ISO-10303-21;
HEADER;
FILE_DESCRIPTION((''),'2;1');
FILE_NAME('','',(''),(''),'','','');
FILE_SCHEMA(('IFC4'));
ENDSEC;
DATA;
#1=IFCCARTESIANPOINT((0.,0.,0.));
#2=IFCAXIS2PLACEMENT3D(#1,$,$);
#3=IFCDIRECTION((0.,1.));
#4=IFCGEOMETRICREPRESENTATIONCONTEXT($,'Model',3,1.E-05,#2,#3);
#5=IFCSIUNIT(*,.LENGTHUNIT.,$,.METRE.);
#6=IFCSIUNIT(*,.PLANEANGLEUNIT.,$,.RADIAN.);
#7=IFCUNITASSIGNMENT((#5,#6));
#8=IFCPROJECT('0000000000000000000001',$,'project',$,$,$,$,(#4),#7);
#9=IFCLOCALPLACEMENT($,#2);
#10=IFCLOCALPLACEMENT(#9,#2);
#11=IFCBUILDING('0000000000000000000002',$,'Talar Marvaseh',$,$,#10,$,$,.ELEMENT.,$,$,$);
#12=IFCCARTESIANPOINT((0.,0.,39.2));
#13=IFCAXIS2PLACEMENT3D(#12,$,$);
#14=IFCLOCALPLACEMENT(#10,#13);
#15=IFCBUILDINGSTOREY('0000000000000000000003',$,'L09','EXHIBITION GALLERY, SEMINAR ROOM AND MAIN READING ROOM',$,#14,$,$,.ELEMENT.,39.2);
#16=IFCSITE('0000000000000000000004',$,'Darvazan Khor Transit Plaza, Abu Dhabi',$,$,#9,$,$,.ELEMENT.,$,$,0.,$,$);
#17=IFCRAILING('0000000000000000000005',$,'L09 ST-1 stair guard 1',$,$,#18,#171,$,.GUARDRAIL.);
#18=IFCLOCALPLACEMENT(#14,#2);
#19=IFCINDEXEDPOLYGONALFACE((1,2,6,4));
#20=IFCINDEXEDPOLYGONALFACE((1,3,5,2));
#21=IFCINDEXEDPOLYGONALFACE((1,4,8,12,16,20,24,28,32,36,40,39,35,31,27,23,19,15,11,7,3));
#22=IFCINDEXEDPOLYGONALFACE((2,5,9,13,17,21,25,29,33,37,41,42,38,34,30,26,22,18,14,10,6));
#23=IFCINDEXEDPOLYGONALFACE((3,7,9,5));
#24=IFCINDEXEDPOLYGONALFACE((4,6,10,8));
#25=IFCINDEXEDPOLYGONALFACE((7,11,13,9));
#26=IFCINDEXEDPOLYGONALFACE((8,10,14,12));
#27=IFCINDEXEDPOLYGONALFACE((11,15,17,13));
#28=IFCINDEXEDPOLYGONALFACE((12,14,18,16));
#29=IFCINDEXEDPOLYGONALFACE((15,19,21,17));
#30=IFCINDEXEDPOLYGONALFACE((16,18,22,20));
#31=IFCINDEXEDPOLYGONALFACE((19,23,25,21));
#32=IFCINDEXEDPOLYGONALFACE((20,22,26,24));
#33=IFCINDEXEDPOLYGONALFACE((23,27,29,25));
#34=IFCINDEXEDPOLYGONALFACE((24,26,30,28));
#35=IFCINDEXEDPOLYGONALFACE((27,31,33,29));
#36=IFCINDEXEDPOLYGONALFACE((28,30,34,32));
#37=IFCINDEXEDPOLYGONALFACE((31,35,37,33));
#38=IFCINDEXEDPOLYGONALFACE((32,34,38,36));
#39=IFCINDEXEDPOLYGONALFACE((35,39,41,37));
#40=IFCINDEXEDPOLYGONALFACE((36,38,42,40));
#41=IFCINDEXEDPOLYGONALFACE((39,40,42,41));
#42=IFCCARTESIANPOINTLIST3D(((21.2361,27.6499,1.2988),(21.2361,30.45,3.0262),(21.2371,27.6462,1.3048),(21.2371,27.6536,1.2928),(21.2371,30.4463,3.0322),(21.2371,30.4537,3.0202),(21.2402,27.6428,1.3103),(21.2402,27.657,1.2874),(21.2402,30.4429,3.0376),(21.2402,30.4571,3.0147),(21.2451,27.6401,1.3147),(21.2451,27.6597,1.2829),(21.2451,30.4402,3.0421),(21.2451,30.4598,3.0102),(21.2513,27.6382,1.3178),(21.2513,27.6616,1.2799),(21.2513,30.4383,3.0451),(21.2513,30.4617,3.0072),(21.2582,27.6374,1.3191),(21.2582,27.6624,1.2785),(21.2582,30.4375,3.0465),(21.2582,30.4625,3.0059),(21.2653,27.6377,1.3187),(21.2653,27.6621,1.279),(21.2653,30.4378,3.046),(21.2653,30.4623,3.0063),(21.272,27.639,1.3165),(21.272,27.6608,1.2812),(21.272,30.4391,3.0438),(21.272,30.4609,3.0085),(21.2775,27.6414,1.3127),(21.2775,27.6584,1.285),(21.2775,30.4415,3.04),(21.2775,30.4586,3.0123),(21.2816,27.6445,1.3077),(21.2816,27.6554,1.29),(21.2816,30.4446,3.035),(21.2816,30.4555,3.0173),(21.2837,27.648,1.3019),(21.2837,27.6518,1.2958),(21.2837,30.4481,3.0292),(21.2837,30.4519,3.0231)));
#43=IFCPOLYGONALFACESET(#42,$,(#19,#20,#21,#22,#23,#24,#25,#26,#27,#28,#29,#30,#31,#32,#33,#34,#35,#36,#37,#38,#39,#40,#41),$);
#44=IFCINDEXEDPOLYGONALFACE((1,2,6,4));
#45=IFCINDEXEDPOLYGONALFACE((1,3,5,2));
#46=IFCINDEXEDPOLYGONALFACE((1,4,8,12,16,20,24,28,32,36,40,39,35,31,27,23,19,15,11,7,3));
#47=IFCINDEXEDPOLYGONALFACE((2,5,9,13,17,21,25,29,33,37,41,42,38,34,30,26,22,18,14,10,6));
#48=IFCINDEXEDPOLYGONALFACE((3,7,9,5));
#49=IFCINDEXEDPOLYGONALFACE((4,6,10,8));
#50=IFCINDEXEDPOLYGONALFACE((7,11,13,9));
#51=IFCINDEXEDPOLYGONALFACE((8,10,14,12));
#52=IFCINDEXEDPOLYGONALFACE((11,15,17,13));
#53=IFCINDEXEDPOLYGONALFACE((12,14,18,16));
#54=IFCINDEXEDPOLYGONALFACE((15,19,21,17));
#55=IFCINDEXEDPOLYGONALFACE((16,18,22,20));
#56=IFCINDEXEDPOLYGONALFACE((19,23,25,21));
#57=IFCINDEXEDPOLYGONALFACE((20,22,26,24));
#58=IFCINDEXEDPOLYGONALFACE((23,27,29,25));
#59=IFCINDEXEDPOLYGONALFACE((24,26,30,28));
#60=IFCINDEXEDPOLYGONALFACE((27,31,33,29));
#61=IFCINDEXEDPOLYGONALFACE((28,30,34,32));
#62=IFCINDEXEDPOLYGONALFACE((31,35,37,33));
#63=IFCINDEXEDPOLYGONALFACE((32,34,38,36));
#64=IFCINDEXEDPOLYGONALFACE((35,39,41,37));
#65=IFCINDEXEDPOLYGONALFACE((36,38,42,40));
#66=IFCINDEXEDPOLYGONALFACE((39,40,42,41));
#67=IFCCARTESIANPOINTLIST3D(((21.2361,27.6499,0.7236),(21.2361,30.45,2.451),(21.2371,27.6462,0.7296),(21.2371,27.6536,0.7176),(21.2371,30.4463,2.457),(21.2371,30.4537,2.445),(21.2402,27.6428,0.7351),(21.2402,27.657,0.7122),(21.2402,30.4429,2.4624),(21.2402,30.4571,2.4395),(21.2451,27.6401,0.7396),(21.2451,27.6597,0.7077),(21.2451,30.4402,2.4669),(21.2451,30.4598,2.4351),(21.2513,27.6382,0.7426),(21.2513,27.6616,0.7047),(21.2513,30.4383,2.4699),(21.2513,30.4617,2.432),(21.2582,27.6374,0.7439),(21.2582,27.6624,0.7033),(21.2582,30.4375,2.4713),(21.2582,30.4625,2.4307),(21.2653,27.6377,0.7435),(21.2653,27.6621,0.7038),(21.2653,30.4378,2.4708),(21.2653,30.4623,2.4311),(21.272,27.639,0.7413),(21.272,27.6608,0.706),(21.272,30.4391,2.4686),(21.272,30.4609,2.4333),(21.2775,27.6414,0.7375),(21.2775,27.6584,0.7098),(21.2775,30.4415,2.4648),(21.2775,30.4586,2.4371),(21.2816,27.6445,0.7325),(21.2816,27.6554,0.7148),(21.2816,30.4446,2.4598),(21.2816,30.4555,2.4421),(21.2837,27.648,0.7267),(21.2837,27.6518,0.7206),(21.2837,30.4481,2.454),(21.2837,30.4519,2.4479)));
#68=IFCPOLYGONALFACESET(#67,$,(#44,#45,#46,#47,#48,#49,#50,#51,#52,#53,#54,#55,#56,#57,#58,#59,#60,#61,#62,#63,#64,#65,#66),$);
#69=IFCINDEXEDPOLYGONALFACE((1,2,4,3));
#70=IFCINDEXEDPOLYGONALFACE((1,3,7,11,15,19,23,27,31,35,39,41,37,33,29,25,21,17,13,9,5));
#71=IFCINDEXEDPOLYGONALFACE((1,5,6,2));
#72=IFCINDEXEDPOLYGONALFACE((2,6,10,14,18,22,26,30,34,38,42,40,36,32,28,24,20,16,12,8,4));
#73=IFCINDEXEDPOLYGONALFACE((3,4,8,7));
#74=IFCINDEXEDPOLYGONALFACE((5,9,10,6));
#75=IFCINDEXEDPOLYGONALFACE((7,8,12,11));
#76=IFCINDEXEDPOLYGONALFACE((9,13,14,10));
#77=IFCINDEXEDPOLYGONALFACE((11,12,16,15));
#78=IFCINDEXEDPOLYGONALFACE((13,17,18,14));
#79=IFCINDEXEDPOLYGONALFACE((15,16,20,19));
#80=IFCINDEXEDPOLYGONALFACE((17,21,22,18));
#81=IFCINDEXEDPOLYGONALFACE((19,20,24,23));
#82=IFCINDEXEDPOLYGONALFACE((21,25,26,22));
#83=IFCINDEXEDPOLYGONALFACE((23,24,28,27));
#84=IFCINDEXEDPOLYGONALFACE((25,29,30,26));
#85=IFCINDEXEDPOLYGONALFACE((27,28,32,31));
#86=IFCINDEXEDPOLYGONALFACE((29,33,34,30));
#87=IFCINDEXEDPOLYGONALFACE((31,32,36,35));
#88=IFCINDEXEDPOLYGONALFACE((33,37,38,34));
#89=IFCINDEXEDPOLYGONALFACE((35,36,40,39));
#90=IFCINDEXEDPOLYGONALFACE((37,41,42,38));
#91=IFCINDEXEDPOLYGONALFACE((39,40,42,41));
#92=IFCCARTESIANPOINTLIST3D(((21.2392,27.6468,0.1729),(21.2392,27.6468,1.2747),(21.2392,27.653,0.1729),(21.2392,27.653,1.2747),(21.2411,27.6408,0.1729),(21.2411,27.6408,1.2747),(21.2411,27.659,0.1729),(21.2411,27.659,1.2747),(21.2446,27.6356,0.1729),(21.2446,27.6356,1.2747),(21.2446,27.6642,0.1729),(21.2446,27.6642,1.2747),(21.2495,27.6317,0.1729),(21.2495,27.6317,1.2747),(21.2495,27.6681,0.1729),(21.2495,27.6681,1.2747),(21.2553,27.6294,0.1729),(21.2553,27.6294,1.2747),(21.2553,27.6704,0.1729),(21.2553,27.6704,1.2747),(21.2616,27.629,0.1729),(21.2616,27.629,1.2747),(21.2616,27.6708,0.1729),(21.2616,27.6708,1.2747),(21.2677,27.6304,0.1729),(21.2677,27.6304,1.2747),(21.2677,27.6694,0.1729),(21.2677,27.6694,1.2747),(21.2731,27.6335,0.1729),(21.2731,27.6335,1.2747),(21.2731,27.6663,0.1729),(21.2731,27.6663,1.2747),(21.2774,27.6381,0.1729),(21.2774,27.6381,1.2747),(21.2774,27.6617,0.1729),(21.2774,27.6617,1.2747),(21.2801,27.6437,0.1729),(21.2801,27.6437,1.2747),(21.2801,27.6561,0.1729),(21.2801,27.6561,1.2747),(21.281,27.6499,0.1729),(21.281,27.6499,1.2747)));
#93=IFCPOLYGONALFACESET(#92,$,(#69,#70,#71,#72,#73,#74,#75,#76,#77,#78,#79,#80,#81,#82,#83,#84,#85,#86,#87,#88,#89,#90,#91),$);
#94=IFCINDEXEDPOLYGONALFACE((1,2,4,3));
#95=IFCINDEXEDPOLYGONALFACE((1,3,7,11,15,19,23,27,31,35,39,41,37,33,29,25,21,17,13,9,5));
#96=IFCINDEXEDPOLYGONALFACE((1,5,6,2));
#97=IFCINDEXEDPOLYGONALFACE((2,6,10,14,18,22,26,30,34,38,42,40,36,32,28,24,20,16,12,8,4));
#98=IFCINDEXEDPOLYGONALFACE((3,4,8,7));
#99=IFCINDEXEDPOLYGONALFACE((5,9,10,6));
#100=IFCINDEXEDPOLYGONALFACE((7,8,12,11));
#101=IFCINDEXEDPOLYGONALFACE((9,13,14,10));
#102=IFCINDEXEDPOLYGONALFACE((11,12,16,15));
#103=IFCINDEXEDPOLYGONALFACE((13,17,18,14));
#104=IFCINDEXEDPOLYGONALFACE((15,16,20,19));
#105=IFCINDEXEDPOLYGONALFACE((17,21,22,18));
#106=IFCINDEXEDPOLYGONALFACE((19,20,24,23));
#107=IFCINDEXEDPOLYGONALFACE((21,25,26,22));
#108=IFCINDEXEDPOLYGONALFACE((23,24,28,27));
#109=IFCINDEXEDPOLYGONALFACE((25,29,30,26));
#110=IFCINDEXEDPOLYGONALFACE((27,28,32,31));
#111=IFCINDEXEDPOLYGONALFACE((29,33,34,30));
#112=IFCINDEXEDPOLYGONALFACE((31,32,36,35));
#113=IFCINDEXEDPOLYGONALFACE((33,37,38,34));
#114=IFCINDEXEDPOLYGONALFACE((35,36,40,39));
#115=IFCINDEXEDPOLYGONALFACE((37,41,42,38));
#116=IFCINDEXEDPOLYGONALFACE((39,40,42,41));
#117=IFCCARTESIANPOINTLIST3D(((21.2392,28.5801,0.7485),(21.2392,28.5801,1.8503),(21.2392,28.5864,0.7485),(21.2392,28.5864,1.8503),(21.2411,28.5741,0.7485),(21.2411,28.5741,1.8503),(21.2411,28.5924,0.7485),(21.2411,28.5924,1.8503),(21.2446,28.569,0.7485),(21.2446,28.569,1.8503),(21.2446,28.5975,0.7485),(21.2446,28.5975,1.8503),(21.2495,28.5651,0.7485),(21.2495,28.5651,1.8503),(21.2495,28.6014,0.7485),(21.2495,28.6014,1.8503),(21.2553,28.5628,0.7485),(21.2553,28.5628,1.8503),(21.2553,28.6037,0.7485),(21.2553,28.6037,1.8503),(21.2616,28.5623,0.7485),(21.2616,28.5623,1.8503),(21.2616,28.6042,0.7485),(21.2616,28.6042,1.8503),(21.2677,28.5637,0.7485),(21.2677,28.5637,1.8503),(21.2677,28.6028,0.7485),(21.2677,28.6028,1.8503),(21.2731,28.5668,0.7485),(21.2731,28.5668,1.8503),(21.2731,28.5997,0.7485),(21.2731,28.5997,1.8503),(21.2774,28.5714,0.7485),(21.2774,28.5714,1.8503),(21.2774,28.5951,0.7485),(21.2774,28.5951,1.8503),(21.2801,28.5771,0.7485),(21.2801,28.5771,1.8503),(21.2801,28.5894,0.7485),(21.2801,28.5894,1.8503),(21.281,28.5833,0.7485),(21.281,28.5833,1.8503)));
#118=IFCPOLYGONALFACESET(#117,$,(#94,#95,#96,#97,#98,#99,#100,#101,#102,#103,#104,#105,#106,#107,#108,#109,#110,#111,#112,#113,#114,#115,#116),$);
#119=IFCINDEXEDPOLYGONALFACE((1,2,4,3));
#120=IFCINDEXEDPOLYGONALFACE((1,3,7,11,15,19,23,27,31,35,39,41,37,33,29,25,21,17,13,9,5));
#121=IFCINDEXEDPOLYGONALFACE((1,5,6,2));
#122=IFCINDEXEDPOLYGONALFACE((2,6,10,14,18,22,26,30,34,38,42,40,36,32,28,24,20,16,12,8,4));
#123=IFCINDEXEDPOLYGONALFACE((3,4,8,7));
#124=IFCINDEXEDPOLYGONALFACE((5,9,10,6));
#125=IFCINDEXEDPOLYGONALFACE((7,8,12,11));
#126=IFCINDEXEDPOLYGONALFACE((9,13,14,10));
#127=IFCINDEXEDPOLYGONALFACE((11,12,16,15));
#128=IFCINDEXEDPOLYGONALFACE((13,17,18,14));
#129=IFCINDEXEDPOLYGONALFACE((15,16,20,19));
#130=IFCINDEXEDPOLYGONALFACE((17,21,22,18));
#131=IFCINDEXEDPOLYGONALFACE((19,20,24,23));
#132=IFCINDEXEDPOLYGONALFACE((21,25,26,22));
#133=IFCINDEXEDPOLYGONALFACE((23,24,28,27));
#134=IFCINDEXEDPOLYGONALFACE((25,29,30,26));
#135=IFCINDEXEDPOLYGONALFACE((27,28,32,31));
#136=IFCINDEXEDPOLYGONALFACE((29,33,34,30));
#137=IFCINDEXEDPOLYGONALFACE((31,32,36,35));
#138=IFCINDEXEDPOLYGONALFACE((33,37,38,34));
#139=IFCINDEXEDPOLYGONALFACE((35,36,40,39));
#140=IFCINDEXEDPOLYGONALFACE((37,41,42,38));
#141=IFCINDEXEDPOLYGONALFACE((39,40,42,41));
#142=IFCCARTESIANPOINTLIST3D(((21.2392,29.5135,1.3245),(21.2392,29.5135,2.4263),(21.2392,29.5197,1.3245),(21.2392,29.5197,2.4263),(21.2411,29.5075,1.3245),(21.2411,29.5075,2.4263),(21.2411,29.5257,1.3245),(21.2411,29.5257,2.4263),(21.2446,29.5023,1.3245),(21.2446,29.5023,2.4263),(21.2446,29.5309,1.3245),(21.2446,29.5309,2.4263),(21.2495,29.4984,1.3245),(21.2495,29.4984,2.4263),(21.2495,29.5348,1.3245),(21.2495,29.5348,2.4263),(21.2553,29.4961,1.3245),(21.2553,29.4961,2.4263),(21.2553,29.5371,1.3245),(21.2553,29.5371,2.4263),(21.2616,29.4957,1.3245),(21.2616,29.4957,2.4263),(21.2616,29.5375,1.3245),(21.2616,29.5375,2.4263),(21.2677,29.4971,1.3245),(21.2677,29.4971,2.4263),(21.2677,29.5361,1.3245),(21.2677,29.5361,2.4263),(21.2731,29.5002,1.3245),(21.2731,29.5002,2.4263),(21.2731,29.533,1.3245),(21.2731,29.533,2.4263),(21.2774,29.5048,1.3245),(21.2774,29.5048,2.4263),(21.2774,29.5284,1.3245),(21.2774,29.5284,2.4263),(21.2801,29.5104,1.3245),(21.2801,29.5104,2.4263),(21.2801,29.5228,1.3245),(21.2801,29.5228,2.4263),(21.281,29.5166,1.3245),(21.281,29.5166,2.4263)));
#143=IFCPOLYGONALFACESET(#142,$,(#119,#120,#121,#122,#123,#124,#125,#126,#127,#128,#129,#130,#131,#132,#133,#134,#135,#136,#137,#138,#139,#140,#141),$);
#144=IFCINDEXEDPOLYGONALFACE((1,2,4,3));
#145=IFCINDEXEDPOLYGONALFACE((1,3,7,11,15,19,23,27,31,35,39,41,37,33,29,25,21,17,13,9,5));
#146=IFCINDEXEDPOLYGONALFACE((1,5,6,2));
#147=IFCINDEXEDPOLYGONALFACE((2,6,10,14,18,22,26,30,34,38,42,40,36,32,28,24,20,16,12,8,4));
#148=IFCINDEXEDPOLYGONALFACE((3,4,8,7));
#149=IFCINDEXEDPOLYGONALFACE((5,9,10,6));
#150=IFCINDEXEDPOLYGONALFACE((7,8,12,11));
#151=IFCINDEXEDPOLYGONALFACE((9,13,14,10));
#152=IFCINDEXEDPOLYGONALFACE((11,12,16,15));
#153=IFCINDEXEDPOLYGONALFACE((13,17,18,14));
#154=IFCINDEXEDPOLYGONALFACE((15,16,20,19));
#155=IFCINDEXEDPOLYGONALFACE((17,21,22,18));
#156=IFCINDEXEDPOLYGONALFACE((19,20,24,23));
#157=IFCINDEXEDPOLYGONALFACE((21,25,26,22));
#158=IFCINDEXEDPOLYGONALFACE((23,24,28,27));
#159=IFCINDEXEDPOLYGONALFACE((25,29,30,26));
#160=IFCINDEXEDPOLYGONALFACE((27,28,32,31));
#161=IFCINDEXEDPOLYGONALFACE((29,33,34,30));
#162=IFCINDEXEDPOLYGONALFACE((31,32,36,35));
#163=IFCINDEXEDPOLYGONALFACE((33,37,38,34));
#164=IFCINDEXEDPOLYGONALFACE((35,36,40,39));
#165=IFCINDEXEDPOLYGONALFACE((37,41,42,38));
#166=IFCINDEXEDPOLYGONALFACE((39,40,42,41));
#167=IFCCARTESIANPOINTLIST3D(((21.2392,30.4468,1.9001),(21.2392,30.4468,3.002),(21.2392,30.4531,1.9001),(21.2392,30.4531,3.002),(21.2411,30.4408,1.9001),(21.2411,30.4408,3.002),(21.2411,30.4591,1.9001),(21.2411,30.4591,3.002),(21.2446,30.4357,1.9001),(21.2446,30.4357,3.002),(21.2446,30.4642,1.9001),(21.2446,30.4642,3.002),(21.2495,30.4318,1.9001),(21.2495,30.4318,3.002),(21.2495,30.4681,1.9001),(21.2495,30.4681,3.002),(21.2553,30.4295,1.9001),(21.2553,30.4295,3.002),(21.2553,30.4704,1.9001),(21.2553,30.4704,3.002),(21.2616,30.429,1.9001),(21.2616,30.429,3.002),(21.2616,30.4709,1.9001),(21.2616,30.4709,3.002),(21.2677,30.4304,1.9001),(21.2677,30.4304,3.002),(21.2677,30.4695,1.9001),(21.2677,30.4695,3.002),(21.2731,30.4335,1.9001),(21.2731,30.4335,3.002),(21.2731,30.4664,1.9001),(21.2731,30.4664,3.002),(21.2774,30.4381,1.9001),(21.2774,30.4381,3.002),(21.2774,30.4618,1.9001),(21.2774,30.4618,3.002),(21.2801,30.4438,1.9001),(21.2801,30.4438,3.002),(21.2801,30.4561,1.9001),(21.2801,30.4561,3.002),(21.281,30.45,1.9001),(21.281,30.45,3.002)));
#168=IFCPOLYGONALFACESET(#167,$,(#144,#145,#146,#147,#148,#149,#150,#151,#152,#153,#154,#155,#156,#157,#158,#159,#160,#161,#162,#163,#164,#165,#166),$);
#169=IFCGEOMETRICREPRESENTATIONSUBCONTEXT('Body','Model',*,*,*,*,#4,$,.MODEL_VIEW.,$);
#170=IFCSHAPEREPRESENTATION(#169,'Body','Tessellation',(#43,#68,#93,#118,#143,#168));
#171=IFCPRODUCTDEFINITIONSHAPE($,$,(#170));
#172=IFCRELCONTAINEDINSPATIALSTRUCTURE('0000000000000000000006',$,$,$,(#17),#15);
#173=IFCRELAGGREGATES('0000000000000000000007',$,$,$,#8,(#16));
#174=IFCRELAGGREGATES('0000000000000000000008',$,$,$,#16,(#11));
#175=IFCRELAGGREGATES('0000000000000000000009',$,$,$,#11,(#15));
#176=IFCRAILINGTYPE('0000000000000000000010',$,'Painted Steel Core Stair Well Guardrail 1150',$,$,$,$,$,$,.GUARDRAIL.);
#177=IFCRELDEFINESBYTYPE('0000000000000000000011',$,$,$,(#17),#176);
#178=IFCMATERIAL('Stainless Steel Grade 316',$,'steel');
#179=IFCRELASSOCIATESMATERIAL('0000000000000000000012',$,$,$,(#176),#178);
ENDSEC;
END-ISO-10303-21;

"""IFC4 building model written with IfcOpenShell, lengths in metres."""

from ifc_helpers import new_model, si_unit, direction, frame, origin, origin_2d, place, context, subcontext, project, spatial, circle, extrude, material, type_object, element, save


model = new_model("IFC4")

# Units and contexts
model_context = context("Model", 3, precision=1e-05, world=origin(), true_north=direction((0.0, 1.0)))
body_context = subcontext(model_context, "Body", "Model", "MODEL_VIEW")
ifc_project = project(units=[si_unit("LENGTHUNIT", "METRE"), si_unit("PLANEANGLEUNIT", "RADIAN")], contexts=[model_context])

# Site, building, storey
site_placement = place(None, origin())
site = spatial("IfcSite", under=ifc_project, at=site_placement, Name="Darvazan Khor Transit Plaza, Abu Dhabi", CompositionType="ELEMENT", RefElevation=0.0)
building_placement = place(site_placement, origin())
building = spatial("IfcBuilding", under=site, at=building_placement, Name="Talar Marvaseh", CompositionType="ELEMENT")
storey_placement = place(building_placement, frame((0.0, 0.0, 39.2)))
storey = spatial("IfcBuildingStorey", under=building, at=storey_placement, Name="L09", Description="EXHIBITION GALLERY, SEMINAR ROOM AND MAIN READING ROOM", CompositionType="ELEMENT", Elevation=39.2)

# Railing
ifc_material_1 = material(Name="Stainless Steel Grade 316", Category="steel")
railing_type_1 = type_object("IfcRailingType", Name="Painted Steel Core Stair Well Guardrail 1150", PredefinedType="GUARDRAIL", material=ifc_material_1)
railing_1_placement = place(storey_placement, frame((21.26, 27.6499, 0.1729)))
element("IfcRailing", 1, at=railing_1_placement, inside=storey, type_object=railing_type_1, Name="L09 ST-1 stair guard 1", PredefinedType="GUARDRAIL", context=body_context, shape_type="SweptSolid", body=[
    extrude(circle(Radius=0.0239, at=origin_2d()), frame((0.0, 0.0, 1.126), z_axis=(0.0, 0.85109, 0.52502), x_axis=(-1.0, 0.0, 0.0)), (0.0, 0.0, 1.0), 3.29),
    extrude(circle(Radius=0.0239, at=origin_2d()), frame((0.0, 0.0, 0.5508), z_axis=(0.0, 0.85109, 0.52502), x_axis=(-1.0, 0.0, 0.0)), (0.0, 0.0, 1.0), 3.29),
    extrude(circle(Radius=0.021, at=origin_2d()), origin(), (0.0, 0.0, 1.0), 1.1018),
    extrude(circle(Radius=0.021, at=origin_2d()), frame((0.0, 0.9333, 0.5757)), (0.0, 0.0, 1.0), 1.1018),
    extrude(circle(Radius=0.021, at=origin_2d()), frame((0.0, 1.8667, 1.1516)), (0.0, 0.0, 1.0), 1.1018),
    extrude(circle(Radius=0.021, at=origin_2d()), frame((0.0, 2.8, 1.7273)), (0.0, 0.0, 1.0), 1.1018),
])

save(model, "model.ifc")
